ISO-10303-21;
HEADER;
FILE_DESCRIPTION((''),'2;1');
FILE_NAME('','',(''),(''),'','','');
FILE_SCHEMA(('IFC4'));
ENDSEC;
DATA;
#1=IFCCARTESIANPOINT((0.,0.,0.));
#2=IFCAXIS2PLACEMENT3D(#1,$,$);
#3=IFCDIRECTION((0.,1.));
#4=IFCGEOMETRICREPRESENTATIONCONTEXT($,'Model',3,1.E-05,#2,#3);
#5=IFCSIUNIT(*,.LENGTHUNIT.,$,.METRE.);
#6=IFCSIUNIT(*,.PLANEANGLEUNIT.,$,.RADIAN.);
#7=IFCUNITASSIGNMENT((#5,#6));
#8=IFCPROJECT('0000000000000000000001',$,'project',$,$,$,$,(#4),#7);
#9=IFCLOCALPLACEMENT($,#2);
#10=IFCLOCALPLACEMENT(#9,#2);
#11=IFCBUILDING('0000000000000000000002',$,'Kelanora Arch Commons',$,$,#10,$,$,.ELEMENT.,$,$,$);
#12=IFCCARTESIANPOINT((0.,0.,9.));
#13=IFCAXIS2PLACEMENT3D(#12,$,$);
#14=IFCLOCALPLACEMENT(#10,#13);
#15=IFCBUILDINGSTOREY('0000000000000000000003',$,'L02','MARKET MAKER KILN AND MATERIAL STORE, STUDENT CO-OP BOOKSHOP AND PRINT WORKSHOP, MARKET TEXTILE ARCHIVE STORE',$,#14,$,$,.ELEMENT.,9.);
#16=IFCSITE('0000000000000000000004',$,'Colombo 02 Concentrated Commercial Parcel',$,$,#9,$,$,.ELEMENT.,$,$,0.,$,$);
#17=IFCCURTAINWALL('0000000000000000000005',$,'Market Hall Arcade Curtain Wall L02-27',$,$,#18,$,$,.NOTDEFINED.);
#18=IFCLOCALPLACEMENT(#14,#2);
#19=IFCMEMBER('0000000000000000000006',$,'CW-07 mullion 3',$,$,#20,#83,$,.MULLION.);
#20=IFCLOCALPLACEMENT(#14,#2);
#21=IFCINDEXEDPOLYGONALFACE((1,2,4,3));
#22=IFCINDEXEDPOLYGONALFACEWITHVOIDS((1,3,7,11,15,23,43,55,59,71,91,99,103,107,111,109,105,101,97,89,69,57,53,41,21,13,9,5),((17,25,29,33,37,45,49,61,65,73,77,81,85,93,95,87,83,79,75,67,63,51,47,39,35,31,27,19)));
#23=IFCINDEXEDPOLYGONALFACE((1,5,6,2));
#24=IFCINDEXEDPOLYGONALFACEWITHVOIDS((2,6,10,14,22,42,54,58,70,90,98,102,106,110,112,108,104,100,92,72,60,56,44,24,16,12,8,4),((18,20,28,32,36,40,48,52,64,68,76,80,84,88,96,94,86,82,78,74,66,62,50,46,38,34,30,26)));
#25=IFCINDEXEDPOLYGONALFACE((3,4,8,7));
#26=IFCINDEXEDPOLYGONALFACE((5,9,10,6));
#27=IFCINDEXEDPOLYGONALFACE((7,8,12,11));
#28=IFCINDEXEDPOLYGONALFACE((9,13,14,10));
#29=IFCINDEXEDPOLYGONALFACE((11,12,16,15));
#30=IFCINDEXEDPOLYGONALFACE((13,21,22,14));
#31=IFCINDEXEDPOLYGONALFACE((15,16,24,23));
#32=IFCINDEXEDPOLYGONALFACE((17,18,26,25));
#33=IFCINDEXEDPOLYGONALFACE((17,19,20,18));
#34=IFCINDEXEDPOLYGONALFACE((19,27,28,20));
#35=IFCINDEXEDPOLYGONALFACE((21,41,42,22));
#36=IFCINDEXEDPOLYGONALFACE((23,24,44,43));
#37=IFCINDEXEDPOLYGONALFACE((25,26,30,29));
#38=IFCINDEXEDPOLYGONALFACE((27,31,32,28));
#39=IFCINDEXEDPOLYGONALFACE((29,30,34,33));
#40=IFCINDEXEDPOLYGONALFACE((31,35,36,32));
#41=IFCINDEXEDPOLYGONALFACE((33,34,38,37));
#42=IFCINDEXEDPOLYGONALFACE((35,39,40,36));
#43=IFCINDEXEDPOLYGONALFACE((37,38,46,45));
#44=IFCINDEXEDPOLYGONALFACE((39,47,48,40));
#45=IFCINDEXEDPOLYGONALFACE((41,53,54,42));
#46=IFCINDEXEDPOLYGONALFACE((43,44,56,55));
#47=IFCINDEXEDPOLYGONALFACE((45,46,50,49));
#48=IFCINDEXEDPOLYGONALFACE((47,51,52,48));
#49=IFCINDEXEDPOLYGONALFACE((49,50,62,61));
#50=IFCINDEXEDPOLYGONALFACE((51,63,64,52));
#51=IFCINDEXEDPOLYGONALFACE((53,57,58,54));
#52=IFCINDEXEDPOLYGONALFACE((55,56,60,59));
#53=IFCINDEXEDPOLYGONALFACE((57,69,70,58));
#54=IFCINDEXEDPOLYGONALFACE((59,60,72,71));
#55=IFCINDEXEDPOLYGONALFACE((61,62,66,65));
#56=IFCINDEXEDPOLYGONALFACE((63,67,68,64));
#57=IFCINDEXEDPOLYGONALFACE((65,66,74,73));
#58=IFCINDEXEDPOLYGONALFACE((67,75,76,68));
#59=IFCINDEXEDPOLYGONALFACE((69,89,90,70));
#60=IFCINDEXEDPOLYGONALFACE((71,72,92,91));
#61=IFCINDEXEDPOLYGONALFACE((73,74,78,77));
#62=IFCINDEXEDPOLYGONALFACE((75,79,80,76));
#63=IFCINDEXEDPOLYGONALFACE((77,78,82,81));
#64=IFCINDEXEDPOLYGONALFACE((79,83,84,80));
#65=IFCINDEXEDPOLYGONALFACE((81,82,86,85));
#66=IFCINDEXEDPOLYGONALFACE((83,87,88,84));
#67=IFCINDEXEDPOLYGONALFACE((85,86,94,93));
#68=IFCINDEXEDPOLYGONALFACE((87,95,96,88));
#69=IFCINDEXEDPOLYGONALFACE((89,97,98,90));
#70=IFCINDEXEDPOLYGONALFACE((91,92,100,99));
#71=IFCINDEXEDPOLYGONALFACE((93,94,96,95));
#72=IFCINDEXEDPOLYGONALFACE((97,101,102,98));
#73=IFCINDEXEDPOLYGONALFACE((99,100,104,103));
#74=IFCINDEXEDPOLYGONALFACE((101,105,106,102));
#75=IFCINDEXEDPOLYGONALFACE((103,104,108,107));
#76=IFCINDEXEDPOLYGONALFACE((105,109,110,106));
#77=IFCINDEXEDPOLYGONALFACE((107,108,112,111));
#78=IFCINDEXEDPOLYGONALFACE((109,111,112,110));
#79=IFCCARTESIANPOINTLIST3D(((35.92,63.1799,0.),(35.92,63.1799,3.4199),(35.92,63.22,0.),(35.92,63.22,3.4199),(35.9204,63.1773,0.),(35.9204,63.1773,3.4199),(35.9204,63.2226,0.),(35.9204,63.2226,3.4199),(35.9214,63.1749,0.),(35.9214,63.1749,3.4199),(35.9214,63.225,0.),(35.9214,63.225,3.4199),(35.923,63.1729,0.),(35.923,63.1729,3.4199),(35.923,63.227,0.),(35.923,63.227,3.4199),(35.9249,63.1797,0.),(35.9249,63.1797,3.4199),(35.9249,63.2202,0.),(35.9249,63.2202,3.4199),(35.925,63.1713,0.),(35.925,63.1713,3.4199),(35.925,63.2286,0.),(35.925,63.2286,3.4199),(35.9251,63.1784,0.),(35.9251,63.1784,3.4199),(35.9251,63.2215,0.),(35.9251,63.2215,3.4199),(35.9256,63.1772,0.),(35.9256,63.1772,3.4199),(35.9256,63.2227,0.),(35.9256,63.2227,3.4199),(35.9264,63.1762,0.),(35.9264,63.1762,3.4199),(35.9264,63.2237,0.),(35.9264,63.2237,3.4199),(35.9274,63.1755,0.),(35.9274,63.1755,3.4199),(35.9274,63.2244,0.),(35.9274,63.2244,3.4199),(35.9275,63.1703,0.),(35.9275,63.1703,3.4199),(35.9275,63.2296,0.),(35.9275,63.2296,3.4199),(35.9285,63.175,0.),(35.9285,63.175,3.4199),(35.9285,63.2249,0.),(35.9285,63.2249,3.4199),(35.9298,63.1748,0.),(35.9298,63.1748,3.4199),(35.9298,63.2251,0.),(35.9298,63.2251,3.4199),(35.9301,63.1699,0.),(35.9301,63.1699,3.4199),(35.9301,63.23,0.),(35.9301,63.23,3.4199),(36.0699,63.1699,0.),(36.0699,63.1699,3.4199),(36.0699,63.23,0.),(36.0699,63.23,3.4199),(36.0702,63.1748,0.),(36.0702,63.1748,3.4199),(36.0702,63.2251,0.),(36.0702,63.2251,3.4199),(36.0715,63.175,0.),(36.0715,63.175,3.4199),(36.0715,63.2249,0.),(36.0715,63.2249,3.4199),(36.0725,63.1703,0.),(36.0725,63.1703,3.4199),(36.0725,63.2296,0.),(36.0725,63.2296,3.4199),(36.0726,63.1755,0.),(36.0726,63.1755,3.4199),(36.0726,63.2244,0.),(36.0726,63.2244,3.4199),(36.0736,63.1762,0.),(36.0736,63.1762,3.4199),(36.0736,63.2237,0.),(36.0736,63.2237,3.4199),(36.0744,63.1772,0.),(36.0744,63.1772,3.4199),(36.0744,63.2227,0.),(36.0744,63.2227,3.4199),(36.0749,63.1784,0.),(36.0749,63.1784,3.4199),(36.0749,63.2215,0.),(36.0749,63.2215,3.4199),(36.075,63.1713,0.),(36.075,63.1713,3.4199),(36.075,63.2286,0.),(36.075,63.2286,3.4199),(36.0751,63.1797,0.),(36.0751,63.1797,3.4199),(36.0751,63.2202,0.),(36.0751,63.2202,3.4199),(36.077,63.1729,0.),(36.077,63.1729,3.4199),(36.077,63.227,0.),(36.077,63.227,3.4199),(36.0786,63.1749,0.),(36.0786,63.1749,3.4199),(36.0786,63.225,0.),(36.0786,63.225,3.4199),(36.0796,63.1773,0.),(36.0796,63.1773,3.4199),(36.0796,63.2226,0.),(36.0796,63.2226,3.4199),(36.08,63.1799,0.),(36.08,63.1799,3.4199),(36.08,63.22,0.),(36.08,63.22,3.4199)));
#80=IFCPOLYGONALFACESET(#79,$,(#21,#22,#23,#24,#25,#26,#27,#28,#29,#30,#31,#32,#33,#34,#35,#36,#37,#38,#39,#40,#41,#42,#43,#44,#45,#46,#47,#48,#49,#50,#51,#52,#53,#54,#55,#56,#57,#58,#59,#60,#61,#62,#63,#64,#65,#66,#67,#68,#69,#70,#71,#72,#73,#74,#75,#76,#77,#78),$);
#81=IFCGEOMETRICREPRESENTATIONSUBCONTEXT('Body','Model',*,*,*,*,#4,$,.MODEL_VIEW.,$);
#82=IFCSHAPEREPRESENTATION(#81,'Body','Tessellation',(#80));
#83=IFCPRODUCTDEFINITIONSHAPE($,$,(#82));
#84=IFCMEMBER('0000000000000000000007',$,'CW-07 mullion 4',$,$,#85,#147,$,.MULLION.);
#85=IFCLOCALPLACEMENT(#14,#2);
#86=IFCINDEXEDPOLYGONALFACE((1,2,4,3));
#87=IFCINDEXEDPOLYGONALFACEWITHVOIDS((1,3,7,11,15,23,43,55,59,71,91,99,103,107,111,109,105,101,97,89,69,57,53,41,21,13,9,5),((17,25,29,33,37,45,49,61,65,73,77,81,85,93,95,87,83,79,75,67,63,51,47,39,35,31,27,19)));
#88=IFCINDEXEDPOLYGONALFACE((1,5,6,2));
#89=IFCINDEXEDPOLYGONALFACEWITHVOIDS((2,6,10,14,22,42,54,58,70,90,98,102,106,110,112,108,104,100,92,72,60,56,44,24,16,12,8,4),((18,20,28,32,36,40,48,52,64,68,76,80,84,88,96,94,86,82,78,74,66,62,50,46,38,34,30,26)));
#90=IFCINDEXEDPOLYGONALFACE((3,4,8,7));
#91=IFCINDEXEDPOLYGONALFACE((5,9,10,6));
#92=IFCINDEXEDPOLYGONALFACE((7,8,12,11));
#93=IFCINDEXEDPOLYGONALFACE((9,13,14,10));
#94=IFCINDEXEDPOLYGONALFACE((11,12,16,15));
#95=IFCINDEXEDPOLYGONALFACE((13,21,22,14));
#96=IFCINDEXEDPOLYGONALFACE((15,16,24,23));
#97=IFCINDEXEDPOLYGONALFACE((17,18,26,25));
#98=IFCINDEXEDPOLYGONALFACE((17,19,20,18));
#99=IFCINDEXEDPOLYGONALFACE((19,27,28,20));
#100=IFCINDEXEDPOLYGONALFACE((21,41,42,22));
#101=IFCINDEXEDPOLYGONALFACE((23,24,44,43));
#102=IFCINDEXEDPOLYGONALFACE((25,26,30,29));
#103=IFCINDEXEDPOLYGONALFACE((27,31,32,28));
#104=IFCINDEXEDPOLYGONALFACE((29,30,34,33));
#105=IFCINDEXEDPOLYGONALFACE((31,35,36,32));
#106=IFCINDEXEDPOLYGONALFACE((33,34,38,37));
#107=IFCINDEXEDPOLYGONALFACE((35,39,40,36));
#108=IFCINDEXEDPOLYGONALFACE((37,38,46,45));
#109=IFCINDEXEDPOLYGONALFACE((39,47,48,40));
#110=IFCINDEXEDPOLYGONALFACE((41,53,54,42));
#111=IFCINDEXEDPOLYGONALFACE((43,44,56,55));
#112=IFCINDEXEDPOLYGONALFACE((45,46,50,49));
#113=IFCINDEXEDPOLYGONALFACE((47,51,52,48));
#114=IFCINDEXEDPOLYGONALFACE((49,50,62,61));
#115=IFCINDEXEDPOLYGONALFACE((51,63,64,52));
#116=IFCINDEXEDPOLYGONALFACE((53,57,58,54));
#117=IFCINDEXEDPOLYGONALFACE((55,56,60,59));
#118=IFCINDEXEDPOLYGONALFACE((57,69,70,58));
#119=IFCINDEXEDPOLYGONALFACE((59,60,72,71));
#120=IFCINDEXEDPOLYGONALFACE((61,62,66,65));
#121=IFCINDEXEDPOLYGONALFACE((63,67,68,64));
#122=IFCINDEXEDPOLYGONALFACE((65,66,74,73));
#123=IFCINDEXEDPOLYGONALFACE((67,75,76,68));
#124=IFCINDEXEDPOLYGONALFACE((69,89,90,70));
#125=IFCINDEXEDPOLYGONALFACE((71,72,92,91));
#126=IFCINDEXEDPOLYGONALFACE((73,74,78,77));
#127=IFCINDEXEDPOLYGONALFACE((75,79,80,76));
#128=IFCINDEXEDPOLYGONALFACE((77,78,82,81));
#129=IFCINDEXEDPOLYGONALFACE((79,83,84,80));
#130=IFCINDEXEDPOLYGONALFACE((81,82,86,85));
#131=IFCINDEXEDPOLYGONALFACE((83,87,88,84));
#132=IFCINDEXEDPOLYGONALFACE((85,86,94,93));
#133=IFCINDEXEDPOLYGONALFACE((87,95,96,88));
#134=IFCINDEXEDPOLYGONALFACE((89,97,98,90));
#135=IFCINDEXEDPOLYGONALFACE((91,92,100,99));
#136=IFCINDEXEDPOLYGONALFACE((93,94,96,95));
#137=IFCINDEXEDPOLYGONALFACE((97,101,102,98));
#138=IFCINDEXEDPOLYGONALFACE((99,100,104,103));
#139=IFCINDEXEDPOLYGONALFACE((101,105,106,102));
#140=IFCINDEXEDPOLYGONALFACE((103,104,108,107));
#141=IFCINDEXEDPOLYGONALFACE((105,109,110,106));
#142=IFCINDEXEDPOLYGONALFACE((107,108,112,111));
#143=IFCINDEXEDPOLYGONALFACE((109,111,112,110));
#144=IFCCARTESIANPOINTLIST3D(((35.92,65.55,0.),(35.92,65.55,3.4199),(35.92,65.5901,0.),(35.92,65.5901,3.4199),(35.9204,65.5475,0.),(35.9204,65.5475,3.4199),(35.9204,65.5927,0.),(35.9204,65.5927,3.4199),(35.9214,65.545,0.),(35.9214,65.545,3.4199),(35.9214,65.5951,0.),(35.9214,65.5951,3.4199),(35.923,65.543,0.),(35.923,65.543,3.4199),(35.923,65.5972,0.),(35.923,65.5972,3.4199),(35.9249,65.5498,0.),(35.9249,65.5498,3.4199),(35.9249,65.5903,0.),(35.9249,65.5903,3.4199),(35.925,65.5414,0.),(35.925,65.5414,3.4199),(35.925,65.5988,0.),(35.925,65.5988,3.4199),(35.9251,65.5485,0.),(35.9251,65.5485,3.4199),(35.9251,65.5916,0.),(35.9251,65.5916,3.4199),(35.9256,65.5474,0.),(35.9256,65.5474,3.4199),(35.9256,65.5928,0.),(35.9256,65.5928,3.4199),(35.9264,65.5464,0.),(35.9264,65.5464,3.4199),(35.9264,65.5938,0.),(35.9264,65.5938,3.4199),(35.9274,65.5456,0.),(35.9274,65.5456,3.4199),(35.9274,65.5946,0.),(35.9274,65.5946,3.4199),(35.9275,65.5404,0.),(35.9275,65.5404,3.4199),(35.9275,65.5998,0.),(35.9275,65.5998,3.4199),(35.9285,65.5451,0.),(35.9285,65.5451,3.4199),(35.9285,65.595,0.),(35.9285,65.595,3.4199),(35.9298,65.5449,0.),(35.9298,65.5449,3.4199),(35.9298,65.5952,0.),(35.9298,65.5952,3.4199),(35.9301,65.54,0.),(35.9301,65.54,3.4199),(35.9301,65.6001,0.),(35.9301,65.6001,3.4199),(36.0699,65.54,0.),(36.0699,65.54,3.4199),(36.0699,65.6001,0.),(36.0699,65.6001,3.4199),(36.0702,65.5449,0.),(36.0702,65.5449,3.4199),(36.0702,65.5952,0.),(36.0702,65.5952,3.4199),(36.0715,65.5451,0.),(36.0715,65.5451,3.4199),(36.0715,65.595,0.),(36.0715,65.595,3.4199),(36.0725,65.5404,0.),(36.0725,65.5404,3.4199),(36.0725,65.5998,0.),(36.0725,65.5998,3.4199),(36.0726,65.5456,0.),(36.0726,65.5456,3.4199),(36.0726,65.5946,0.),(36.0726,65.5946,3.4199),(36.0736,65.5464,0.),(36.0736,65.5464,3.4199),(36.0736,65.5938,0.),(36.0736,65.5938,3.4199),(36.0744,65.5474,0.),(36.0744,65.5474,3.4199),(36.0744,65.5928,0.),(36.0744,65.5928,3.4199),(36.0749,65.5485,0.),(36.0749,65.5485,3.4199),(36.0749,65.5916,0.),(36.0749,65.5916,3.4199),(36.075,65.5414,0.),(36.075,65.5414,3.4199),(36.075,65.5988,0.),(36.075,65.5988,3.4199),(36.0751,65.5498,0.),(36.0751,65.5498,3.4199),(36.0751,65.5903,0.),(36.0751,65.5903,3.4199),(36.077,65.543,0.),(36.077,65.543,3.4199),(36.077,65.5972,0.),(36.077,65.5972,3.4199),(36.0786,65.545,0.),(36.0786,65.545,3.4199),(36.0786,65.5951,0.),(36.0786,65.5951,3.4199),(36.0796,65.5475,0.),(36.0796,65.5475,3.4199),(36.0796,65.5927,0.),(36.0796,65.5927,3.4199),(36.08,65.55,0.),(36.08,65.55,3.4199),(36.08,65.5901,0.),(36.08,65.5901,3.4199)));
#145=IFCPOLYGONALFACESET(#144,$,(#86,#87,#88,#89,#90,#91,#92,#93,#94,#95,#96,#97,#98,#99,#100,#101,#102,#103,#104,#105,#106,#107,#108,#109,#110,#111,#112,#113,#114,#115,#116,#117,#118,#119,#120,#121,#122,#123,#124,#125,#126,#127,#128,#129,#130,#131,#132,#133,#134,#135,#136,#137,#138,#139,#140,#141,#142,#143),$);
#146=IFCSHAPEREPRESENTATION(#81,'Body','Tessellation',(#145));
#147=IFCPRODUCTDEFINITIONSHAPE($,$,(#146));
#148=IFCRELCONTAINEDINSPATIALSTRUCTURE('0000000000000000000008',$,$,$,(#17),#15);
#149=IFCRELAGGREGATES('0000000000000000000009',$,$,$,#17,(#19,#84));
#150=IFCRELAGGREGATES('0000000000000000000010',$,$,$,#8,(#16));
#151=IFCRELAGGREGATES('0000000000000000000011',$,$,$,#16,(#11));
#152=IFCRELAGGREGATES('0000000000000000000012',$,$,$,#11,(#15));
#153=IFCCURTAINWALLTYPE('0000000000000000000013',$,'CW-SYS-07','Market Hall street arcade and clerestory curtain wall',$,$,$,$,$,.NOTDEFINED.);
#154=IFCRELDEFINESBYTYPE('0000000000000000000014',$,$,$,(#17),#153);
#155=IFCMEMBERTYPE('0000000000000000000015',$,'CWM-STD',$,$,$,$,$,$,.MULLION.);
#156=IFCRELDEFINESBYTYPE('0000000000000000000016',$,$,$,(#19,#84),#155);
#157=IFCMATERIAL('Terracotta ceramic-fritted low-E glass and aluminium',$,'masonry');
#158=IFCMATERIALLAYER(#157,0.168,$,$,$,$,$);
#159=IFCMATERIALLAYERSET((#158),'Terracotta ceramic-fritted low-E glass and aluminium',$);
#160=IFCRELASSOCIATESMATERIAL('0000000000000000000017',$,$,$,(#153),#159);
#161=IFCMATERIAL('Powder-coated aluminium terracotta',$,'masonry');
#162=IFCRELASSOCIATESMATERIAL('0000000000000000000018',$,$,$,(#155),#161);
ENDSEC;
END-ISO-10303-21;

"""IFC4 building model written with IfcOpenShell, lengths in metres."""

from ifc_helpers import new_model, si_unit, direction, frame, origin, origin_2d, place, context, subcontext, project, spatial, hollow_rectangle, extrude, material, layer, layer_set, material_profile, profile_set, type_object, element, aggregate, save


model = new_model("IFC4")

# Units and contexts
model_context = context("Model", 3, precision=1e-05, world=origin(), true_north=direction((0.0, 1.0)))
body_context = subcontext(model_context, "Body", "Model", "MODEL_VIEW")
ifc_project = project(units=[si_unit("LENGTHUNIT", "METRE"), si_unit("PLANEANGLEUNIT", "RADIAN")], contexts=[model_context])

# Site, building, storey
site_placement = place(None, origin())
site = spatial("IfcSite", under=ifc_project, at=site_placement, Name="Colombo 02 Concentrated Commercial Parcel", CompositionType="ELEMENT", RefElevation=0.0)
building_placement = place(site_placement, origin())
building = spatial("IfcBuilding", under=site, at=building_placement, Name="Kelanora Arch Commons", CompositionType="ELEMENT")
storey_placement = place(building_placement, frame((0.0, 0.0, 9.0)))
storey = spatial("IfcBuildingStorey", under=building, at=storey_placement, Name="L02", Description="MARKET MAKER KILN AND MATERIAL STORE, STUDENT CO-OP BOOKSHOP AND PRINT WORKSHOP, MARKET TEXTILE ARCHIVE STORE", CompositionType="ELEMENT", Elevation=9.0)

# Curtain wall, members
ifc_material_1 = material(Name="Terracotta ceramic-fritted low-E glass and aluminium", Category="masonry")
ifc_material_2 = material(Name="Powder-coated aluminium terracotta", Category="masonry")
ifc_layer_1 = layer(ifc_material_1, 0.168)
ifc_layer_set_1 = layer_set([ifc_layer_1], Name="Terracotta ceramic-fritted low-E glass and aluminium")
curtain_wall_type_1 = type_object("IfcCurtainWallType", Name="CW-SYS-07", Description="Market Hall street arcade and clerestory curtain wall", PredefinedType="NOTDEFINED", material=ifc_layer_set_1)
curtain_wall_1_placement = place(storey_placement, origin())
curtain_wall_1 = element("IfcCurtainWall", 1, at=curtain_wall_1_placement, inside=storey, type_object=curtain_wall_type_1, Name="Market Hall Arcade Curtain Wall L02-27", PredefinedType="NOTDEFINED")
ifc_material_profile_1 = material_profile(ifc_material_2, hollow_rectangle(XDim=0.1599, YDim=0.0601, WallThickness=0.0049, InnerFilletRadius=0.0049, OuterFilletRadius=0.01, at=origin_2d()), Name="CWM160x60")
ifc_profile_set_1 = profile_set([ifc_material_profile_1], Name="Powder-coated aluminium terracotta")
member_type_1 = type_object("IfcMemberType", Name="CWM-STD", PredefinedType="MULLION", material=ifc_profile_set_1)
member_1_placement = place(storey_placement, frame((36.0, 63.2, 0.0), z_axis=(0.0, 0.0, 1.0), x_axis=(-1.0, 0.0, 0.0)))
member_1 = element("IfcMember", 2, at=member_1_placement, type_object=member_type_1, Name="CW-07 mullion 3", PredefinedType="MULLION", context=body_context, shape_type="SweptSolid", body=[
    extrude(hollow_rectangle(XDim=0.1599, YDim=0.0601, WallThickness=0.0049, InnerFilletRadius=0.0049, OuterFilletRadius=0.01, at=origin_2d()), origin(), (0.0, 0.0, 1.0), 3.4199),
])
member_2_placement = place(storey_placement, frame((36.0, 65.5701, 0.0), z_axis=(0.0, 0.0, 1.0), x_axis=(-1.0, 0.0, 0.0)))
member_2 = element("IfcMember", 3, at=member_2_placement, type_object=member_type_1, Name="CW-07 mullion 4", PredefinedType="MULLION", context=body_context, shape_type="SweptSolid", body=[
    extrude(hollow_rectangle(XDim=0.1599, YDim=0.0601, WallThickness=0.0049, InnerFilletRadius=0.0049, OuterFilletRadius=0.01, at=origin_2d()), origin(), (0.0, 0.0, 1.0), 3.4199),
])

aggregate(curtain_wall_1, [member_1, member_2])

save(model, "model.ifc")
